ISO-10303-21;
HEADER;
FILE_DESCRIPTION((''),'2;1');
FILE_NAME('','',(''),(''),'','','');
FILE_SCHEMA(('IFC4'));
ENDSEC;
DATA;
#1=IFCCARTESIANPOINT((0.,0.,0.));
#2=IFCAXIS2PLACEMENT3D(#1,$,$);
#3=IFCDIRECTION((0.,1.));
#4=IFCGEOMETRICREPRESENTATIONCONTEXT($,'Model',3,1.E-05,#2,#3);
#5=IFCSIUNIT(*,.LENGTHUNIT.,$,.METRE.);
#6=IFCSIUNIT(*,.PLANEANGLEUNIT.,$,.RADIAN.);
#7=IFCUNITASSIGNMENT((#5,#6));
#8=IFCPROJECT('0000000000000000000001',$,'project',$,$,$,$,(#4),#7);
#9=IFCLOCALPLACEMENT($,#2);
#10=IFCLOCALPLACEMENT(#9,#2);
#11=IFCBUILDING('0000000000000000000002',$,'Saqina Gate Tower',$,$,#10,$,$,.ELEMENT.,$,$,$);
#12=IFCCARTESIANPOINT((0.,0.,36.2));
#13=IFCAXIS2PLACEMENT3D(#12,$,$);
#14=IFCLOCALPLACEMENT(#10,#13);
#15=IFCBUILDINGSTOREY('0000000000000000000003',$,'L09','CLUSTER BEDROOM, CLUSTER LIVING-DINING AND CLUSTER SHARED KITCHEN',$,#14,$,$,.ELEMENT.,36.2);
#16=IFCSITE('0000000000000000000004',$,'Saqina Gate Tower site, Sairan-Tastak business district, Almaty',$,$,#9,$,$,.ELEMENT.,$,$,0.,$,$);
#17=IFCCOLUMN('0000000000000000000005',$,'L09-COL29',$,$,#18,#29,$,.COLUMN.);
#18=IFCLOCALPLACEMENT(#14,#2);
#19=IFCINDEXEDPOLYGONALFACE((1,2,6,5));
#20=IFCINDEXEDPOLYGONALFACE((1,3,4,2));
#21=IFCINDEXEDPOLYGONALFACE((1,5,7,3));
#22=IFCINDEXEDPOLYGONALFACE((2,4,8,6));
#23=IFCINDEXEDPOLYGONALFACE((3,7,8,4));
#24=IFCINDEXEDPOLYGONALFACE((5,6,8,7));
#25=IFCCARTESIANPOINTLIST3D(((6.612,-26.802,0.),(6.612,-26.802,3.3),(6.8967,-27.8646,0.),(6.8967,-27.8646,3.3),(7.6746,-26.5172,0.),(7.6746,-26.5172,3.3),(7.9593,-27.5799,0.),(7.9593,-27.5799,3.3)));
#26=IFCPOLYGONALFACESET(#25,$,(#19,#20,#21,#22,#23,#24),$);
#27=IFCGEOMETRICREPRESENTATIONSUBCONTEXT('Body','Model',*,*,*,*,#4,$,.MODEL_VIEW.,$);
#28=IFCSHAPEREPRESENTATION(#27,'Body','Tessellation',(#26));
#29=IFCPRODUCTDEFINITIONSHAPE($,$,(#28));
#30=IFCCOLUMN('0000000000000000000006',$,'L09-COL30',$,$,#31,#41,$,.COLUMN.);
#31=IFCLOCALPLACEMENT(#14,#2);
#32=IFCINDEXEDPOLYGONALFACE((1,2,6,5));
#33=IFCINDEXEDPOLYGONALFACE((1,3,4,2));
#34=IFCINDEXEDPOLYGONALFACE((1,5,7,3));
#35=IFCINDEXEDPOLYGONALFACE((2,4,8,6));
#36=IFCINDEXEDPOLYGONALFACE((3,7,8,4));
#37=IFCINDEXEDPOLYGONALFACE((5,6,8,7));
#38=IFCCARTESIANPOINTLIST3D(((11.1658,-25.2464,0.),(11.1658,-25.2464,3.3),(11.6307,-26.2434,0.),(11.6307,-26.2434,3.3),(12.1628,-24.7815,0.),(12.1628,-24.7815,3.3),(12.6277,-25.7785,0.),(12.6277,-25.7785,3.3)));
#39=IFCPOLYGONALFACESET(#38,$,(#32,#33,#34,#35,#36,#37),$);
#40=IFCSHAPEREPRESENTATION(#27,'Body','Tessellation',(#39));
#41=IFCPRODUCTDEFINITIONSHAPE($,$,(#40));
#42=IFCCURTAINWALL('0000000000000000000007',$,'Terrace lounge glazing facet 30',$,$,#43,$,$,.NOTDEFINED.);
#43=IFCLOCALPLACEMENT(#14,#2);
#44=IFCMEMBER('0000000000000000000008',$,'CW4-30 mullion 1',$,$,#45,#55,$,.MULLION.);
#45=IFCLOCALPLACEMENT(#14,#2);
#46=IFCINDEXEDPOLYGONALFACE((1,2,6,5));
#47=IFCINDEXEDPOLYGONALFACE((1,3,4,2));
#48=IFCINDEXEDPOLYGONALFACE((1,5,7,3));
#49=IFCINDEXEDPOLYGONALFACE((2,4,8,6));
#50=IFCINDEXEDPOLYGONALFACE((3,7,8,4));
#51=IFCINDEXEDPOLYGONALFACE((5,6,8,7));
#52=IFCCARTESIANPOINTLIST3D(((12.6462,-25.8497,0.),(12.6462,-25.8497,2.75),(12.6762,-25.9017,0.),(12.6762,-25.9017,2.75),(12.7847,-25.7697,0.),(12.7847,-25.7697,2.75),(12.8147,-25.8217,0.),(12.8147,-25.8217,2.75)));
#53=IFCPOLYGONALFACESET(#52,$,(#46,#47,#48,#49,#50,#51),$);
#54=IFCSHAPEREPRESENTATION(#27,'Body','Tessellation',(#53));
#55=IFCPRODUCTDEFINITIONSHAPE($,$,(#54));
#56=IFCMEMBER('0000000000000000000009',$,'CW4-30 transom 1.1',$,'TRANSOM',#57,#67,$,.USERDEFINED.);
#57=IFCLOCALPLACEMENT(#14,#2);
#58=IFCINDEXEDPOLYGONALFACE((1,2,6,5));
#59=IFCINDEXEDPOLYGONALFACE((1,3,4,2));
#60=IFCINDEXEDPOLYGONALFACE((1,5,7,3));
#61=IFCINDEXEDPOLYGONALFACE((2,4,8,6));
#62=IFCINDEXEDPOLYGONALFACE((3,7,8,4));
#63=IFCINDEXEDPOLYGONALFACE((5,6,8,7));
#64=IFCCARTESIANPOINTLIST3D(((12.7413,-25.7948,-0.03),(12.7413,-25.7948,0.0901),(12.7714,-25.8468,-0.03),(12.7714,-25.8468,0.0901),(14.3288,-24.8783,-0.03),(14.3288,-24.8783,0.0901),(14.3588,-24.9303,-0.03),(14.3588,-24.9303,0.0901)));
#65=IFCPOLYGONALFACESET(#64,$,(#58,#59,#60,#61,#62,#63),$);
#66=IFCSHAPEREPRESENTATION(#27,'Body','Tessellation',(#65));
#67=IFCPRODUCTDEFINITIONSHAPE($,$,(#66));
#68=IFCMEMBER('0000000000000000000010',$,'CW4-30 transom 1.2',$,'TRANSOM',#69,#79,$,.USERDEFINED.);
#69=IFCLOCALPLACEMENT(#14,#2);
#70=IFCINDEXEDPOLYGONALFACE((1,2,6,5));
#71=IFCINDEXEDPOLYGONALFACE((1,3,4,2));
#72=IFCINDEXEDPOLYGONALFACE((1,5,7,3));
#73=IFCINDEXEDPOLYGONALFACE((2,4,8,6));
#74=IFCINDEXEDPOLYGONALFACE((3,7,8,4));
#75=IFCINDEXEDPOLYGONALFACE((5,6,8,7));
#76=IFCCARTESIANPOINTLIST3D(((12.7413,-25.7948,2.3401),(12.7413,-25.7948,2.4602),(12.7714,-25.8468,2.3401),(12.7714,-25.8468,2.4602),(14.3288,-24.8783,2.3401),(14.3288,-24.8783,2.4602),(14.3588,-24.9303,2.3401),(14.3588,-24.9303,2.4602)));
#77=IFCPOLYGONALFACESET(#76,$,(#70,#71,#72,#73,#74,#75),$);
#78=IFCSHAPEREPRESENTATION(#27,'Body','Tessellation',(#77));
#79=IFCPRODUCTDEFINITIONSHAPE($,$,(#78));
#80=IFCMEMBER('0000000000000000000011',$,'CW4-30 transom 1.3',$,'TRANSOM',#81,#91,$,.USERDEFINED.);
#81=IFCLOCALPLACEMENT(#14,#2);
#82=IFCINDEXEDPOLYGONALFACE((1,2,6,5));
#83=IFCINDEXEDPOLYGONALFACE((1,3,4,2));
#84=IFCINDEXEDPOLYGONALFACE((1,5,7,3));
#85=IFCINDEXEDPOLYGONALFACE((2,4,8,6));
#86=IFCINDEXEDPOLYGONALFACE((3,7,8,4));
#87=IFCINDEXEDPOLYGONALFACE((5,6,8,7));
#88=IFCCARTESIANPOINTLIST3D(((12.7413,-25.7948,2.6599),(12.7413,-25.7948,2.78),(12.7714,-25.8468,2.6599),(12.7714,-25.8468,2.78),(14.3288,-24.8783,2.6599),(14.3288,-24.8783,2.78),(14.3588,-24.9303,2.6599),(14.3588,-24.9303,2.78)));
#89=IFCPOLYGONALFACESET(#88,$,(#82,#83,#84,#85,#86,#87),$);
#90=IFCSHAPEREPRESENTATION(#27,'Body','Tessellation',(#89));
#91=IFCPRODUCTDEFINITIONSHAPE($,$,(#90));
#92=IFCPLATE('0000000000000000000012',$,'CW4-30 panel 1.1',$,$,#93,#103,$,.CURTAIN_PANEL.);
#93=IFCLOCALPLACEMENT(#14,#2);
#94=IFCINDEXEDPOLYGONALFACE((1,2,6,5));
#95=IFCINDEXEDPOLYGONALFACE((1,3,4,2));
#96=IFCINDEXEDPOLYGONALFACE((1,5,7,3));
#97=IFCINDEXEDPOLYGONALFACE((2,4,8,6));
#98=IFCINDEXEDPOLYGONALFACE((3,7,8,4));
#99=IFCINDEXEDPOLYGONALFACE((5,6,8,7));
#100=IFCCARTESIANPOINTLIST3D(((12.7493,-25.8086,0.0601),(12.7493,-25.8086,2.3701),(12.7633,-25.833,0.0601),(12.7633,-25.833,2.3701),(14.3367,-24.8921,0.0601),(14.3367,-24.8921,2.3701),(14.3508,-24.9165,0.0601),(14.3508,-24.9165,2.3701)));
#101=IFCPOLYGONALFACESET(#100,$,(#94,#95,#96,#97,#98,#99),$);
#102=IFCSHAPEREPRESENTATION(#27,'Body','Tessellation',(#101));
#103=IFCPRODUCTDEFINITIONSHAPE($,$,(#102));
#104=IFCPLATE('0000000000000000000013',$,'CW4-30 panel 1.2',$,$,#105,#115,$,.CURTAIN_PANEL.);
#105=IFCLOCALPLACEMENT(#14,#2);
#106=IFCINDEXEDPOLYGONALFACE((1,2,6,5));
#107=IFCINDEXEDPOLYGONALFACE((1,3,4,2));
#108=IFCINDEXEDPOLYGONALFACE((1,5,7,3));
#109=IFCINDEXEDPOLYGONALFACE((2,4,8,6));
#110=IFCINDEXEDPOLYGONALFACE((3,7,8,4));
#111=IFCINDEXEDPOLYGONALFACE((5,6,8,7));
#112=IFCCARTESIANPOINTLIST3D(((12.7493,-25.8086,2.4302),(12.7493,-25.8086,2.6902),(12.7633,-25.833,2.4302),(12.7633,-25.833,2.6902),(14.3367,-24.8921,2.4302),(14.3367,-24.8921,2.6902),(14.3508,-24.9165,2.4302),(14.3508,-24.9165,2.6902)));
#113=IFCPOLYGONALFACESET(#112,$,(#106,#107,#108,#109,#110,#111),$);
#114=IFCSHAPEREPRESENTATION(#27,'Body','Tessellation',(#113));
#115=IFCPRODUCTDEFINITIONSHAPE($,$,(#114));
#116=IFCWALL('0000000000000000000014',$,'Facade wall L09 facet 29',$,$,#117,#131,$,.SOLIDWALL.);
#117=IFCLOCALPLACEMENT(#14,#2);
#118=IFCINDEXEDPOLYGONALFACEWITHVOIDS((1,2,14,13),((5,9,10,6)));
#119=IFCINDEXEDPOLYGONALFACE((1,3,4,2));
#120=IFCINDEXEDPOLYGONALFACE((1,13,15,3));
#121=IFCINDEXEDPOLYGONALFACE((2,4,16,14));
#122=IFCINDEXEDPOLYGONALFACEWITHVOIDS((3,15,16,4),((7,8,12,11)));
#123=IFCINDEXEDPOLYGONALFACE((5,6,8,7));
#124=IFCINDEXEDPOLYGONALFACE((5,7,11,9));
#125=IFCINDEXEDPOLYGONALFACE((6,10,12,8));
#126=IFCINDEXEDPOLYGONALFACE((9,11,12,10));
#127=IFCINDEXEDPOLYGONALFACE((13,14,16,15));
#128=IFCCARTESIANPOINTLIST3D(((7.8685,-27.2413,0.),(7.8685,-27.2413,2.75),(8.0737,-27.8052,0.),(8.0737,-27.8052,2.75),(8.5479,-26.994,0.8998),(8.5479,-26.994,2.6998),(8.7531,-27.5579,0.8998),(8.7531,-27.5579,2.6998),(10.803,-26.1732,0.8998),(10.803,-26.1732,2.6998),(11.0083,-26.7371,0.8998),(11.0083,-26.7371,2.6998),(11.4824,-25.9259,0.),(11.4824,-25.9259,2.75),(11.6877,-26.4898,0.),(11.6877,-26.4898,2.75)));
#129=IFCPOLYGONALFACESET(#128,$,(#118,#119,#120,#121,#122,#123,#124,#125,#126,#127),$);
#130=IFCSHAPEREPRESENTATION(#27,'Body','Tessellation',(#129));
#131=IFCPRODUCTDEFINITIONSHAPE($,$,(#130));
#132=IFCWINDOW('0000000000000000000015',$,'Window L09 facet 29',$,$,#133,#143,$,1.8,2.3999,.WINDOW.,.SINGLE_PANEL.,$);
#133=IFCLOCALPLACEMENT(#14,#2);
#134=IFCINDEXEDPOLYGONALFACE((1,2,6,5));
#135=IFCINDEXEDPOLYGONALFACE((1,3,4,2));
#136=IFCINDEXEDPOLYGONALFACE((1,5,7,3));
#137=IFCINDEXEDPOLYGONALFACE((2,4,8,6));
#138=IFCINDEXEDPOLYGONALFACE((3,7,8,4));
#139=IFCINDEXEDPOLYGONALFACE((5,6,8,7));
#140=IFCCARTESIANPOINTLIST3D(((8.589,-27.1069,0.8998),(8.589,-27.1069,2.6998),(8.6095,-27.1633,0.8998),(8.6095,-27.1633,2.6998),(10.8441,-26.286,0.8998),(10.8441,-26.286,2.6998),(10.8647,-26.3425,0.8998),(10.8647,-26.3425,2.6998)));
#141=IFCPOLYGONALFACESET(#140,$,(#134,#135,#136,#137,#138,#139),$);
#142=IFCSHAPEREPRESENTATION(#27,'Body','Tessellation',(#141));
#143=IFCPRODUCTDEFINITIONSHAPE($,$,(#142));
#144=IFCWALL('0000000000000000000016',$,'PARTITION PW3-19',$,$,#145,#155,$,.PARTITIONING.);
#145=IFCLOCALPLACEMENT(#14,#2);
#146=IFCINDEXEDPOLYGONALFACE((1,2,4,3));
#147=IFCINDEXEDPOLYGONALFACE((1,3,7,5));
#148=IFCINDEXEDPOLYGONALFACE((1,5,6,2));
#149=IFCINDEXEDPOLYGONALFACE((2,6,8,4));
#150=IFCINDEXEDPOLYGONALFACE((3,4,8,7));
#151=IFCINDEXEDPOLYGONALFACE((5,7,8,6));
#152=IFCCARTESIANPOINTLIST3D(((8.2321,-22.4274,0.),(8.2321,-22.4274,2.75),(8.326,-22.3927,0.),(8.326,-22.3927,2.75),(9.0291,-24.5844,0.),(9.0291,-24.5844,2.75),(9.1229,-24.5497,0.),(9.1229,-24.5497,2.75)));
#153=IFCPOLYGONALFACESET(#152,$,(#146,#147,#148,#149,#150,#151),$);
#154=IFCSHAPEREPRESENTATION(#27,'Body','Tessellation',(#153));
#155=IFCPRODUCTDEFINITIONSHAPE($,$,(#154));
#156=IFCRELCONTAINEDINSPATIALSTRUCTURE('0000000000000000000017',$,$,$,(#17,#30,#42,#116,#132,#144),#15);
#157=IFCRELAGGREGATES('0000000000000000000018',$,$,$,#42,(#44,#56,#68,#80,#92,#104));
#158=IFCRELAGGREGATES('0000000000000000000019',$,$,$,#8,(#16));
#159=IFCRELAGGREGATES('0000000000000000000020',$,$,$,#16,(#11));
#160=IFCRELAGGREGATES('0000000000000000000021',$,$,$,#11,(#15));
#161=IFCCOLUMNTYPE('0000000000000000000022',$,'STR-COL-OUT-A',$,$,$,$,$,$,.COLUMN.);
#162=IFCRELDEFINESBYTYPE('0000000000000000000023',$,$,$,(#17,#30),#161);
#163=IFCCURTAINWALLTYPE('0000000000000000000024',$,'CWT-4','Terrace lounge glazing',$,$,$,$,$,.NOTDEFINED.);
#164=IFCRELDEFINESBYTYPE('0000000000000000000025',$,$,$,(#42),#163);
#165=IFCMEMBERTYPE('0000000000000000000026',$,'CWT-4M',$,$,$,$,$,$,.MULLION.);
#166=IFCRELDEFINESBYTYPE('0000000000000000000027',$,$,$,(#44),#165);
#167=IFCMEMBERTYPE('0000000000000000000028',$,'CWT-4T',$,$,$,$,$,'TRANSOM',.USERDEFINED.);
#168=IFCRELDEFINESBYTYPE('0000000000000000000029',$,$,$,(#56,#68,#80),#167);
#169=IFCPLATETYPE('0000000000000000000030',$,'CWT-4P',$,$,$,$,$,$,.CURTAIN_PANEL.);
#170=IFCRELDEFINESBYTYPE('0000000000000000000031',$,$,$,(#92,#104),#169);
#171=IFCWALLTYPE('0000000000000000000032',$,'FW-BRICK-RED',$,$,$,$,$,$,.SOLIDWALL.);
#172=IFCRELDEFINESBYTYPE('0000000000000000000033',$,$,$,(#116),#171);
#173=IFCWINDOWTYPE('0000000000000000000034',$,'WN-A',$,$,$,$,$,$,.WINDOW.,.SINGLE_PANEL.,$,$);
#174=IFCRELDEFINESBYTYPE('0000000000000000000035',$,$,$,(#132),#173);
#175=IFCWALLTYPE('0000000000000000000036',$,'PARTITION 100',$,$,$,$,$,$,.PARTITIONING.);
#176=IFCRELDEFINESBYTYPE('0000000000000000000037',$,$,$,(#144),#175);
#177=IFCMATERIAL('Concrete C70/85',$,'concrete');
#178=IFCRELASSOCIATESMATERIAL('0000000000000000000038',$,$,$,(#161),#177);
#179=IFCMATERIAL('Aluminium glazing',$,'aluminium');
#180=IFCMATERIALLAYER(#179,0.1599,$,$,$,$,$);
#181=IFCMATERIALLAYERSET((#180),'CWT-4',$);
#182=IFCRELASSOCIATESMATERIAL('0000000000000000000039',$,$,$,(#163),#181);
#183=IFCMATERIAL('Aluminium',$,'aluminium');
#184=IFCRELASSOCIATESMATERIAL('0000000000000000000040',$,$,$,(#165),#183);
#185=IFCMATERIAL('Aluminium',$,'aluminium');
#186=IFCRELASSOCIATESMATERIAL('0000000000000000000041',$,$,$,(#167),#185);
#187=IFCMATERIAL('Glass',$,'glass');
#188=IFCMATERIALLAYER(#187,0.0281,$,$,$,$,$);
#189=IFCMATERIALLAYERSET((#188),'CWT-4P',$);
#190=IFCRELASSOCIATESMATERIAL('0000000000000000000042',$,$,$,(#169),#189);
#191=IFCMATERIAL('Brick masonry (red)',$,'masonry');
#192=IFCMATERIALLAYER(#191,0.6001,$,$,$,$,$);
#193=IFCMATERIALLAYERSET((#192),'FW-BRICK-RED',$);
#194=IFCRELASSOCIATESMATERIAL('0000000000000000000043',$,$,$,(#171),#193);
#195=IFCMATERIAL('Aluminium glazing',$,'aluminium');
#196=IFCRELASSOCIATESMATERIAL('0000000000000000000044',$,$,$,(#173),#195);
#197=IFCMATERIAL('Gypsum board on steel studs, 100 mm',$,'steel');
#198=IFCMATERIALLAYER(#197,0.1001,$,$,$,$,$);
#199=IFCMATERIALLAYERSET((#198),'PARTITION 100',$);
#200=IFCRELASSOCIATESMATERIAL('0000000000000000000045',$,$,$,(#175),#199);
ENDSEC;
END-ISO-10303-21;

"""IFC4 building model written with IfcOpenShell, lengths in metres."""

from ifc_helpers import new_model, si_unit, direction, frame, frame_2d, origin, origin_2d, place, context, subcontext, project, spatial, rectangle, extrude, material, layer, layer_set, material_profile, profile_set, type_object, element, fill, aggregate, save


model = new_model("IFC4")

# Units and contexts
model_context = context("Model", 3, precision=1e-05, world=origin(), true_north=direction((0.0, 1.0)))
body_context = subcontext(model_context, "Body", "Model", "MODEL_VIEW")
ifc_project = project(units=[si_unit("LENGTHUNIT", "METRE"), si_unit("PLANEANGLEUNIT", "RADIAN")], contexts=[model_context])

# Site, building, storey
site_placement = place(None, origin())
site = spatial("IfcSite", under=ifc_project, at=site_placement, Name="Saqina Gate Tower site, Sairan-Tastak business district, Almaty", CompositionType="ELEMENT", RefElevation=0.0)
building_placement = place(site_placement, origin())
building = spatial("IfcBuilding", under=site, at=building_placement, Name="Saqina Gate Tower", CompositionType="ELEMENT")
storey_placement = place(building_placement, frame((0.0, 0.0, 36.2)))
storey = spatial("IfcBuildingStorey", under=building, at=storey_placement, Name="L09", Description="CLUSTER BEDROOM, CLUSTER LIVING-DINING AND CLUSTER SHARED KITCHEN", CompositionType="ELEMENT", Elevation=36.2)

# Columns
ifc_material_1 = material(Name="Concrete C70/85", Category="concrete")
ifc_material_profile_1 = material_profile(ifc_material_1, rectangle(XDim=1.1001, YDim=1.1001, at=origin_2d()), Name="RC 1100x1100")
ifc_profile_set_1 = profile_set([ifc_material_profile_1], Name="Concrete C70/85")
column_type = type_object("IfcColumnType", Name="STR-COL-OUT-A", PredefinedType="COLUMN", material=ifc_profile_set_1)
for number, where, z_axis, x_axis, name in (
    (1, (7.2856, -27.1909, 0.0), (0.0, 0.0, 1.0), (0.258819, -0.965926, 0.0), "L09-COL29"),
    (2, (11.8967, -25.5125, 0.0), (0.0, 0.0, 1.0), (0.422618, -0.906308, 0.0), "L09-COL30"),
):
    element("IfcColumn", number, at=place(storey_placement, frame(where, z_axis=z_axis, x_axis=x_axis)), inside=storey, type_object=column_type, Name=name, PredefinedType="COLUMN", context=body_context, shape_type="SweptSolid", body=[
        extrude(rectangle(XDim=1.1001, YDim=1.1001, at=origin_2d()), origin(), (0.0, 0.0, 1.0), 3.3),
    ])

# Curtain wall, members, plates
ifc_material_2 = material(Name="Aluminium glazing", Category="aluminium")
ifc_layer_1 = layer(ifc_material_2, 0.1599)
ifc_layer_set_1 = layer_set([ifc_layer_1], Name="CWT-4")
curtain_wall_type = type_object("IfcCurtainWallType", Name="CWT-4", Description="Terrace lounge glazing", PredefinedType="NOTDEFINED", material=ifc_layer_set_1)
curtain_wall_placement = place(storey_placement, origin())
curtain_wall = element("IfcCurtainWall", 3, at=curtain_wall_placement, inside=storey, type_object=curtain_wall_type, Name="Terrace lounge glazing facet 30", PredefinedType="NOTDEFINED")
ifc_material_3 = material(Name="Aluminium", Category="aluminium")
ifc_material_profile_2 = material_profile(ifc_material_3, rectangle(XDim=0.0601, YDim=0.1599, at=origin_2d()), Name="Aluminium 60x160")
ifc_profile_set_2 = profile_set([ifc_material_profile_2], Name="Aluminium")
member_type_1 = type_object("IfcMemberType", Name="CWT-4M", PredefinedType="MULLION", material=ifc_profile_set_2)
member_1_placement = place(storey_placement, frame((12.7305, -25.8357, 0.0), z_axis=(0.0, 0.0, 1.0), x_axis=(-0.499996, 0.866028, 0.0)))
member_1 = element("IfcMember", 4, at=member_1_placement, type_object=member_type_1, Name="CW4-30 mullion 1", PredefinedType="MULLION", context=body_context, shape_type="SweptSolid", body=[
    extrude(rectangle(XDim=0.0601, YDim=0.1599, at=origin_2d()), origin(), (0.0, 0.0, 1.0), 2.75),
])
ifc_material_4 = material(Name="Aluminium", Category="aluminium")
ifc_material_profile_3 = material_profile(ifc_material_4, rectangle(XDim=0.0601, YDim=0.1201, at=origin_2d()), Name="Aluminium 60x120")
ifc_profile_set_3 = profile_set([ifc_material_profile_3], Name="Aluminium")
member_type_2 = type_object("IfcMemberType", Name="CWT-4T", ElementType="TRANSOM", PredefinedType="USERDEFINED", material=ifc_profile_set_3)
member_2_placement = place(storey_placement, frame((12.7563, -25.8208, 0.03), z_axis=(0.866021, 0.500007, 0.0), x_axis=(-0.500007, 0.866021, 0.0)))
member_2 = element("IfcMember", 5, at=member_2_placement, type_object=member_type_2, Name="CW4-30 transom 1.1", ObjectType="TRANSOM", PredefinedType="USERDEFINED", context=body_context, shape_type="SweptSolid", body=[
    extrude(rectangle(XDim=0.0601, YDim=0.1201, at=origin_2d()), origin(), (0.0, 0.0, 1.0), 1.833),
])
member_3_placement = place(storey_placement, frame((12.7563, -25.8208, 2.4001), z_axis=(0.866021, 0.500007, 0.0), x_axis=(-0.500007, 0.866021, 0.0)))
member_3 = element("IfcMember", 6, at=member_3_placement, type_object=member_type_2, Name="CW4-30 transom 1.2", ObjectType="TRANSOM", PredefinedType="USERDEFINED", context=body_context, shape_type="SweptSolid", body=[
    extrude(rectangle(XDim=0.0601, YDim=0.1201, at=origin_2d()), origin(), (0.0, 0.0, 1.0), 1.833),
])
member_4_placement = place(storey_placement, frame((12.7563, -25.8208, 2.72), z_axis=(0.866021, 0.500007, 0.0), x_axis=(-0.500007, 0.866021, 0.0)))
member_4 = element("IfcMember", 7, at=member_4_placement, type_object=member_type_2, Name="CW4-30 transom 1.3", ObjectType="TRANSOM", PredefinedType="USERDEFINED", context=body_context, shape_type="SweptSolid", body=[
    extrude(rectangle(XDim=0.0601, YDim=0.1201, at=origin_2d()), origin(), (0.0, 0.0, 1.0), 1.833),
])
ifc_material_5 = material(Name="Glass", Category="glass")
ifc_layer_2 = layer(ifc_material_5, 0.0281)
ifc_layer_set_2 = layer_set([ifc_layer_2], Name="CWT-4P")
plate_type = type_object("IfcPlateType", Name="CWT-4P", PredefinedType="CURTAIN_PANEL", material=ifc_layer_set_2)
plate_1_placement = place(storey_placement, frame((13.55, -25.3625, 0.0601), z_axis=(0.0, 0.0, 1.0), x_axis=(0.866028, 0.499996, 0.0)))
plate_1 = element("IfcPlate", 8, at=plate_1_placement, type_object=plate_type, Name="CW4-30 panel 1.1", PredefinedType="CURTAIN_PANEL", context=body_context, shape_type="SweptSolid", body=[
    extrude(rectangle(XDim=1.833, YDim=0.0281, at=origin_2d()), origin(), (0.0, 0.0, 1.0), 2.3101),
])
plate_2_placement = place(storey_placement, frame((13.55, -25.3625, 2.4302), z_axis=(0.0, 0.0, 1.0), x_axis=(0.866028, 0.499996, 0.0)))
plate_2 = element("IfcPlate", 9, at=plate_2_placement, type_object=plate_type, Name="CW4-30 panel 1.2", PredefinedType="CURTAIN_PANEL", context=body_context, shape_type="SweptSolid", body=[
    extrude(rectangle(XDim=1.833, YDim=0.0281, at=origin_2d()), origin(), (0.0, 0.0, 1.0), 0.26),
])
aggregate(curtain_wall, [member_1, member_2, member_3, member_4, plate_1, plate_2])

# Wall, opening, window
ifc_material_6 = material(Name="Brick masonry (red)", Category="masonry")
ifc_layer_3 = layer(ifc_material_6, 0.6001)
ifc_layer_set_3 = layer_set([ifc_layer_3], Name="FW-BRICK-RED")
wall_type_1 = type_object("IfcWallType", Name="FW-BRICK-RED", PredefinedType="SOLIDWALL", material=ifc_layer_set_3)
wall_1_placement = place(storey_placement, frame((7.9712, -27.5232, 0.0), z_axis=(0.0, 0.0, 1.0), x_axis=(0.93969, 0.342028, 0.0)))
wall_1 = element("IfcWall", 10, at=wall_1_placement, inside=storey, type_object=wall_type_1, Name="Facade wall L09 facet 29", PredefinedType="SOLIDWALL", context=body_context, shape_type="SweptSolid", body=[
    extrude(rectangle(XDim=3.8459, YDim=0.6001, at=frame_2d((1.9229, 0.0))), origin(), (0.0, 0.0, 1.0), 2.75),
])
opening_1_placement = place(wall_1_placement, frame((0.7229, 0.0, 0.8999)))
opening_1 = element("IfcOpeningElement", 11, at=opening_1_placement, cuts=wall_1, PredefinedType="OPENING", context=body_context, shape_type="SweptSolid", body=[
    extrude(rectangle(XDim=2.3999, YDim=1.8, at=frame_2d((1.2, 0.8999))), frame((0.0, 0.312, 0.0), z_axis=(0.0, -1.0, 0.0), x_axis=(1.0, 0.0, 0.0)), (0.0, 0.0, 1.0), 0.624),
])
ifc_material_7 = material(Name="Aluminium glazing", Category="aluminium")
window_type = type_object("IfcWindowType", Name="WN-A", PartitioningType="SINGLE_PANEL", PredefinedType="WINDOW", material=ifc_material_7)
window_placement = place(opening_1_placement, origin())
window = element("IfcWindow", 12, at=window_placement, inside=storey, type_object=window_type, Name="Window L09 facet 29", OverallHeight=1.8, OverallWidth=2.3999, PartitioningType="SINGLE_PANEL", PredefinedType="WINDOW", context=body_context, shape_type="SweptSolid", body=[
    extrude(rectangle(XDim=2.3999, YDim=1.8, at=frame_2d((1.2, 0.8999))), frame((0.0, 0.1799, 0.0), z_axis=(0.0, -1.0, 0.0), x_axis=(1.0, 0.0, 0.0)), (0.0, 0.0, 1.0), 0.0601),
])
fill(opening_1, window)

# Wall
ifc_material_8 = material(Name="Gypsum board on steel studs, 100 mm", Category="steel")
ifc_layer_4 = layer(ifc_material_8, 0.1001)
ifc_layer_set_4 = layer_set([ifc_layer_4], Name="PARTITION 100")
wall_type_2 = type_object("IfcWallType", Name="PARTITION 100", PredefinedType="PARTITIONING", material=ifc_layer_set_4)
wall_2_placement = place(storey_placement, frame((8.2791, -22.4099, 0.0), z_axis=(0.0, 0.0, 1.0), x_axis=(0.346547, -0.938033, 0.0)))
element("IfcWall", 13, at=wall_2_placement, inside=storey, type_object=wall_type_2, Name="PARTITION PW3-19", PredefinedType="PARTITIONING", context=body_context, shape_type="SweptSolid", body=[
    extrude(rectangle(XDim=2.2996, YDim=0.1001, at=frame_2d((1.1499, 0.0))), origin(), (0.0, 0.0, 1.0), 2.75),
])

save(model, "model.ifc")
